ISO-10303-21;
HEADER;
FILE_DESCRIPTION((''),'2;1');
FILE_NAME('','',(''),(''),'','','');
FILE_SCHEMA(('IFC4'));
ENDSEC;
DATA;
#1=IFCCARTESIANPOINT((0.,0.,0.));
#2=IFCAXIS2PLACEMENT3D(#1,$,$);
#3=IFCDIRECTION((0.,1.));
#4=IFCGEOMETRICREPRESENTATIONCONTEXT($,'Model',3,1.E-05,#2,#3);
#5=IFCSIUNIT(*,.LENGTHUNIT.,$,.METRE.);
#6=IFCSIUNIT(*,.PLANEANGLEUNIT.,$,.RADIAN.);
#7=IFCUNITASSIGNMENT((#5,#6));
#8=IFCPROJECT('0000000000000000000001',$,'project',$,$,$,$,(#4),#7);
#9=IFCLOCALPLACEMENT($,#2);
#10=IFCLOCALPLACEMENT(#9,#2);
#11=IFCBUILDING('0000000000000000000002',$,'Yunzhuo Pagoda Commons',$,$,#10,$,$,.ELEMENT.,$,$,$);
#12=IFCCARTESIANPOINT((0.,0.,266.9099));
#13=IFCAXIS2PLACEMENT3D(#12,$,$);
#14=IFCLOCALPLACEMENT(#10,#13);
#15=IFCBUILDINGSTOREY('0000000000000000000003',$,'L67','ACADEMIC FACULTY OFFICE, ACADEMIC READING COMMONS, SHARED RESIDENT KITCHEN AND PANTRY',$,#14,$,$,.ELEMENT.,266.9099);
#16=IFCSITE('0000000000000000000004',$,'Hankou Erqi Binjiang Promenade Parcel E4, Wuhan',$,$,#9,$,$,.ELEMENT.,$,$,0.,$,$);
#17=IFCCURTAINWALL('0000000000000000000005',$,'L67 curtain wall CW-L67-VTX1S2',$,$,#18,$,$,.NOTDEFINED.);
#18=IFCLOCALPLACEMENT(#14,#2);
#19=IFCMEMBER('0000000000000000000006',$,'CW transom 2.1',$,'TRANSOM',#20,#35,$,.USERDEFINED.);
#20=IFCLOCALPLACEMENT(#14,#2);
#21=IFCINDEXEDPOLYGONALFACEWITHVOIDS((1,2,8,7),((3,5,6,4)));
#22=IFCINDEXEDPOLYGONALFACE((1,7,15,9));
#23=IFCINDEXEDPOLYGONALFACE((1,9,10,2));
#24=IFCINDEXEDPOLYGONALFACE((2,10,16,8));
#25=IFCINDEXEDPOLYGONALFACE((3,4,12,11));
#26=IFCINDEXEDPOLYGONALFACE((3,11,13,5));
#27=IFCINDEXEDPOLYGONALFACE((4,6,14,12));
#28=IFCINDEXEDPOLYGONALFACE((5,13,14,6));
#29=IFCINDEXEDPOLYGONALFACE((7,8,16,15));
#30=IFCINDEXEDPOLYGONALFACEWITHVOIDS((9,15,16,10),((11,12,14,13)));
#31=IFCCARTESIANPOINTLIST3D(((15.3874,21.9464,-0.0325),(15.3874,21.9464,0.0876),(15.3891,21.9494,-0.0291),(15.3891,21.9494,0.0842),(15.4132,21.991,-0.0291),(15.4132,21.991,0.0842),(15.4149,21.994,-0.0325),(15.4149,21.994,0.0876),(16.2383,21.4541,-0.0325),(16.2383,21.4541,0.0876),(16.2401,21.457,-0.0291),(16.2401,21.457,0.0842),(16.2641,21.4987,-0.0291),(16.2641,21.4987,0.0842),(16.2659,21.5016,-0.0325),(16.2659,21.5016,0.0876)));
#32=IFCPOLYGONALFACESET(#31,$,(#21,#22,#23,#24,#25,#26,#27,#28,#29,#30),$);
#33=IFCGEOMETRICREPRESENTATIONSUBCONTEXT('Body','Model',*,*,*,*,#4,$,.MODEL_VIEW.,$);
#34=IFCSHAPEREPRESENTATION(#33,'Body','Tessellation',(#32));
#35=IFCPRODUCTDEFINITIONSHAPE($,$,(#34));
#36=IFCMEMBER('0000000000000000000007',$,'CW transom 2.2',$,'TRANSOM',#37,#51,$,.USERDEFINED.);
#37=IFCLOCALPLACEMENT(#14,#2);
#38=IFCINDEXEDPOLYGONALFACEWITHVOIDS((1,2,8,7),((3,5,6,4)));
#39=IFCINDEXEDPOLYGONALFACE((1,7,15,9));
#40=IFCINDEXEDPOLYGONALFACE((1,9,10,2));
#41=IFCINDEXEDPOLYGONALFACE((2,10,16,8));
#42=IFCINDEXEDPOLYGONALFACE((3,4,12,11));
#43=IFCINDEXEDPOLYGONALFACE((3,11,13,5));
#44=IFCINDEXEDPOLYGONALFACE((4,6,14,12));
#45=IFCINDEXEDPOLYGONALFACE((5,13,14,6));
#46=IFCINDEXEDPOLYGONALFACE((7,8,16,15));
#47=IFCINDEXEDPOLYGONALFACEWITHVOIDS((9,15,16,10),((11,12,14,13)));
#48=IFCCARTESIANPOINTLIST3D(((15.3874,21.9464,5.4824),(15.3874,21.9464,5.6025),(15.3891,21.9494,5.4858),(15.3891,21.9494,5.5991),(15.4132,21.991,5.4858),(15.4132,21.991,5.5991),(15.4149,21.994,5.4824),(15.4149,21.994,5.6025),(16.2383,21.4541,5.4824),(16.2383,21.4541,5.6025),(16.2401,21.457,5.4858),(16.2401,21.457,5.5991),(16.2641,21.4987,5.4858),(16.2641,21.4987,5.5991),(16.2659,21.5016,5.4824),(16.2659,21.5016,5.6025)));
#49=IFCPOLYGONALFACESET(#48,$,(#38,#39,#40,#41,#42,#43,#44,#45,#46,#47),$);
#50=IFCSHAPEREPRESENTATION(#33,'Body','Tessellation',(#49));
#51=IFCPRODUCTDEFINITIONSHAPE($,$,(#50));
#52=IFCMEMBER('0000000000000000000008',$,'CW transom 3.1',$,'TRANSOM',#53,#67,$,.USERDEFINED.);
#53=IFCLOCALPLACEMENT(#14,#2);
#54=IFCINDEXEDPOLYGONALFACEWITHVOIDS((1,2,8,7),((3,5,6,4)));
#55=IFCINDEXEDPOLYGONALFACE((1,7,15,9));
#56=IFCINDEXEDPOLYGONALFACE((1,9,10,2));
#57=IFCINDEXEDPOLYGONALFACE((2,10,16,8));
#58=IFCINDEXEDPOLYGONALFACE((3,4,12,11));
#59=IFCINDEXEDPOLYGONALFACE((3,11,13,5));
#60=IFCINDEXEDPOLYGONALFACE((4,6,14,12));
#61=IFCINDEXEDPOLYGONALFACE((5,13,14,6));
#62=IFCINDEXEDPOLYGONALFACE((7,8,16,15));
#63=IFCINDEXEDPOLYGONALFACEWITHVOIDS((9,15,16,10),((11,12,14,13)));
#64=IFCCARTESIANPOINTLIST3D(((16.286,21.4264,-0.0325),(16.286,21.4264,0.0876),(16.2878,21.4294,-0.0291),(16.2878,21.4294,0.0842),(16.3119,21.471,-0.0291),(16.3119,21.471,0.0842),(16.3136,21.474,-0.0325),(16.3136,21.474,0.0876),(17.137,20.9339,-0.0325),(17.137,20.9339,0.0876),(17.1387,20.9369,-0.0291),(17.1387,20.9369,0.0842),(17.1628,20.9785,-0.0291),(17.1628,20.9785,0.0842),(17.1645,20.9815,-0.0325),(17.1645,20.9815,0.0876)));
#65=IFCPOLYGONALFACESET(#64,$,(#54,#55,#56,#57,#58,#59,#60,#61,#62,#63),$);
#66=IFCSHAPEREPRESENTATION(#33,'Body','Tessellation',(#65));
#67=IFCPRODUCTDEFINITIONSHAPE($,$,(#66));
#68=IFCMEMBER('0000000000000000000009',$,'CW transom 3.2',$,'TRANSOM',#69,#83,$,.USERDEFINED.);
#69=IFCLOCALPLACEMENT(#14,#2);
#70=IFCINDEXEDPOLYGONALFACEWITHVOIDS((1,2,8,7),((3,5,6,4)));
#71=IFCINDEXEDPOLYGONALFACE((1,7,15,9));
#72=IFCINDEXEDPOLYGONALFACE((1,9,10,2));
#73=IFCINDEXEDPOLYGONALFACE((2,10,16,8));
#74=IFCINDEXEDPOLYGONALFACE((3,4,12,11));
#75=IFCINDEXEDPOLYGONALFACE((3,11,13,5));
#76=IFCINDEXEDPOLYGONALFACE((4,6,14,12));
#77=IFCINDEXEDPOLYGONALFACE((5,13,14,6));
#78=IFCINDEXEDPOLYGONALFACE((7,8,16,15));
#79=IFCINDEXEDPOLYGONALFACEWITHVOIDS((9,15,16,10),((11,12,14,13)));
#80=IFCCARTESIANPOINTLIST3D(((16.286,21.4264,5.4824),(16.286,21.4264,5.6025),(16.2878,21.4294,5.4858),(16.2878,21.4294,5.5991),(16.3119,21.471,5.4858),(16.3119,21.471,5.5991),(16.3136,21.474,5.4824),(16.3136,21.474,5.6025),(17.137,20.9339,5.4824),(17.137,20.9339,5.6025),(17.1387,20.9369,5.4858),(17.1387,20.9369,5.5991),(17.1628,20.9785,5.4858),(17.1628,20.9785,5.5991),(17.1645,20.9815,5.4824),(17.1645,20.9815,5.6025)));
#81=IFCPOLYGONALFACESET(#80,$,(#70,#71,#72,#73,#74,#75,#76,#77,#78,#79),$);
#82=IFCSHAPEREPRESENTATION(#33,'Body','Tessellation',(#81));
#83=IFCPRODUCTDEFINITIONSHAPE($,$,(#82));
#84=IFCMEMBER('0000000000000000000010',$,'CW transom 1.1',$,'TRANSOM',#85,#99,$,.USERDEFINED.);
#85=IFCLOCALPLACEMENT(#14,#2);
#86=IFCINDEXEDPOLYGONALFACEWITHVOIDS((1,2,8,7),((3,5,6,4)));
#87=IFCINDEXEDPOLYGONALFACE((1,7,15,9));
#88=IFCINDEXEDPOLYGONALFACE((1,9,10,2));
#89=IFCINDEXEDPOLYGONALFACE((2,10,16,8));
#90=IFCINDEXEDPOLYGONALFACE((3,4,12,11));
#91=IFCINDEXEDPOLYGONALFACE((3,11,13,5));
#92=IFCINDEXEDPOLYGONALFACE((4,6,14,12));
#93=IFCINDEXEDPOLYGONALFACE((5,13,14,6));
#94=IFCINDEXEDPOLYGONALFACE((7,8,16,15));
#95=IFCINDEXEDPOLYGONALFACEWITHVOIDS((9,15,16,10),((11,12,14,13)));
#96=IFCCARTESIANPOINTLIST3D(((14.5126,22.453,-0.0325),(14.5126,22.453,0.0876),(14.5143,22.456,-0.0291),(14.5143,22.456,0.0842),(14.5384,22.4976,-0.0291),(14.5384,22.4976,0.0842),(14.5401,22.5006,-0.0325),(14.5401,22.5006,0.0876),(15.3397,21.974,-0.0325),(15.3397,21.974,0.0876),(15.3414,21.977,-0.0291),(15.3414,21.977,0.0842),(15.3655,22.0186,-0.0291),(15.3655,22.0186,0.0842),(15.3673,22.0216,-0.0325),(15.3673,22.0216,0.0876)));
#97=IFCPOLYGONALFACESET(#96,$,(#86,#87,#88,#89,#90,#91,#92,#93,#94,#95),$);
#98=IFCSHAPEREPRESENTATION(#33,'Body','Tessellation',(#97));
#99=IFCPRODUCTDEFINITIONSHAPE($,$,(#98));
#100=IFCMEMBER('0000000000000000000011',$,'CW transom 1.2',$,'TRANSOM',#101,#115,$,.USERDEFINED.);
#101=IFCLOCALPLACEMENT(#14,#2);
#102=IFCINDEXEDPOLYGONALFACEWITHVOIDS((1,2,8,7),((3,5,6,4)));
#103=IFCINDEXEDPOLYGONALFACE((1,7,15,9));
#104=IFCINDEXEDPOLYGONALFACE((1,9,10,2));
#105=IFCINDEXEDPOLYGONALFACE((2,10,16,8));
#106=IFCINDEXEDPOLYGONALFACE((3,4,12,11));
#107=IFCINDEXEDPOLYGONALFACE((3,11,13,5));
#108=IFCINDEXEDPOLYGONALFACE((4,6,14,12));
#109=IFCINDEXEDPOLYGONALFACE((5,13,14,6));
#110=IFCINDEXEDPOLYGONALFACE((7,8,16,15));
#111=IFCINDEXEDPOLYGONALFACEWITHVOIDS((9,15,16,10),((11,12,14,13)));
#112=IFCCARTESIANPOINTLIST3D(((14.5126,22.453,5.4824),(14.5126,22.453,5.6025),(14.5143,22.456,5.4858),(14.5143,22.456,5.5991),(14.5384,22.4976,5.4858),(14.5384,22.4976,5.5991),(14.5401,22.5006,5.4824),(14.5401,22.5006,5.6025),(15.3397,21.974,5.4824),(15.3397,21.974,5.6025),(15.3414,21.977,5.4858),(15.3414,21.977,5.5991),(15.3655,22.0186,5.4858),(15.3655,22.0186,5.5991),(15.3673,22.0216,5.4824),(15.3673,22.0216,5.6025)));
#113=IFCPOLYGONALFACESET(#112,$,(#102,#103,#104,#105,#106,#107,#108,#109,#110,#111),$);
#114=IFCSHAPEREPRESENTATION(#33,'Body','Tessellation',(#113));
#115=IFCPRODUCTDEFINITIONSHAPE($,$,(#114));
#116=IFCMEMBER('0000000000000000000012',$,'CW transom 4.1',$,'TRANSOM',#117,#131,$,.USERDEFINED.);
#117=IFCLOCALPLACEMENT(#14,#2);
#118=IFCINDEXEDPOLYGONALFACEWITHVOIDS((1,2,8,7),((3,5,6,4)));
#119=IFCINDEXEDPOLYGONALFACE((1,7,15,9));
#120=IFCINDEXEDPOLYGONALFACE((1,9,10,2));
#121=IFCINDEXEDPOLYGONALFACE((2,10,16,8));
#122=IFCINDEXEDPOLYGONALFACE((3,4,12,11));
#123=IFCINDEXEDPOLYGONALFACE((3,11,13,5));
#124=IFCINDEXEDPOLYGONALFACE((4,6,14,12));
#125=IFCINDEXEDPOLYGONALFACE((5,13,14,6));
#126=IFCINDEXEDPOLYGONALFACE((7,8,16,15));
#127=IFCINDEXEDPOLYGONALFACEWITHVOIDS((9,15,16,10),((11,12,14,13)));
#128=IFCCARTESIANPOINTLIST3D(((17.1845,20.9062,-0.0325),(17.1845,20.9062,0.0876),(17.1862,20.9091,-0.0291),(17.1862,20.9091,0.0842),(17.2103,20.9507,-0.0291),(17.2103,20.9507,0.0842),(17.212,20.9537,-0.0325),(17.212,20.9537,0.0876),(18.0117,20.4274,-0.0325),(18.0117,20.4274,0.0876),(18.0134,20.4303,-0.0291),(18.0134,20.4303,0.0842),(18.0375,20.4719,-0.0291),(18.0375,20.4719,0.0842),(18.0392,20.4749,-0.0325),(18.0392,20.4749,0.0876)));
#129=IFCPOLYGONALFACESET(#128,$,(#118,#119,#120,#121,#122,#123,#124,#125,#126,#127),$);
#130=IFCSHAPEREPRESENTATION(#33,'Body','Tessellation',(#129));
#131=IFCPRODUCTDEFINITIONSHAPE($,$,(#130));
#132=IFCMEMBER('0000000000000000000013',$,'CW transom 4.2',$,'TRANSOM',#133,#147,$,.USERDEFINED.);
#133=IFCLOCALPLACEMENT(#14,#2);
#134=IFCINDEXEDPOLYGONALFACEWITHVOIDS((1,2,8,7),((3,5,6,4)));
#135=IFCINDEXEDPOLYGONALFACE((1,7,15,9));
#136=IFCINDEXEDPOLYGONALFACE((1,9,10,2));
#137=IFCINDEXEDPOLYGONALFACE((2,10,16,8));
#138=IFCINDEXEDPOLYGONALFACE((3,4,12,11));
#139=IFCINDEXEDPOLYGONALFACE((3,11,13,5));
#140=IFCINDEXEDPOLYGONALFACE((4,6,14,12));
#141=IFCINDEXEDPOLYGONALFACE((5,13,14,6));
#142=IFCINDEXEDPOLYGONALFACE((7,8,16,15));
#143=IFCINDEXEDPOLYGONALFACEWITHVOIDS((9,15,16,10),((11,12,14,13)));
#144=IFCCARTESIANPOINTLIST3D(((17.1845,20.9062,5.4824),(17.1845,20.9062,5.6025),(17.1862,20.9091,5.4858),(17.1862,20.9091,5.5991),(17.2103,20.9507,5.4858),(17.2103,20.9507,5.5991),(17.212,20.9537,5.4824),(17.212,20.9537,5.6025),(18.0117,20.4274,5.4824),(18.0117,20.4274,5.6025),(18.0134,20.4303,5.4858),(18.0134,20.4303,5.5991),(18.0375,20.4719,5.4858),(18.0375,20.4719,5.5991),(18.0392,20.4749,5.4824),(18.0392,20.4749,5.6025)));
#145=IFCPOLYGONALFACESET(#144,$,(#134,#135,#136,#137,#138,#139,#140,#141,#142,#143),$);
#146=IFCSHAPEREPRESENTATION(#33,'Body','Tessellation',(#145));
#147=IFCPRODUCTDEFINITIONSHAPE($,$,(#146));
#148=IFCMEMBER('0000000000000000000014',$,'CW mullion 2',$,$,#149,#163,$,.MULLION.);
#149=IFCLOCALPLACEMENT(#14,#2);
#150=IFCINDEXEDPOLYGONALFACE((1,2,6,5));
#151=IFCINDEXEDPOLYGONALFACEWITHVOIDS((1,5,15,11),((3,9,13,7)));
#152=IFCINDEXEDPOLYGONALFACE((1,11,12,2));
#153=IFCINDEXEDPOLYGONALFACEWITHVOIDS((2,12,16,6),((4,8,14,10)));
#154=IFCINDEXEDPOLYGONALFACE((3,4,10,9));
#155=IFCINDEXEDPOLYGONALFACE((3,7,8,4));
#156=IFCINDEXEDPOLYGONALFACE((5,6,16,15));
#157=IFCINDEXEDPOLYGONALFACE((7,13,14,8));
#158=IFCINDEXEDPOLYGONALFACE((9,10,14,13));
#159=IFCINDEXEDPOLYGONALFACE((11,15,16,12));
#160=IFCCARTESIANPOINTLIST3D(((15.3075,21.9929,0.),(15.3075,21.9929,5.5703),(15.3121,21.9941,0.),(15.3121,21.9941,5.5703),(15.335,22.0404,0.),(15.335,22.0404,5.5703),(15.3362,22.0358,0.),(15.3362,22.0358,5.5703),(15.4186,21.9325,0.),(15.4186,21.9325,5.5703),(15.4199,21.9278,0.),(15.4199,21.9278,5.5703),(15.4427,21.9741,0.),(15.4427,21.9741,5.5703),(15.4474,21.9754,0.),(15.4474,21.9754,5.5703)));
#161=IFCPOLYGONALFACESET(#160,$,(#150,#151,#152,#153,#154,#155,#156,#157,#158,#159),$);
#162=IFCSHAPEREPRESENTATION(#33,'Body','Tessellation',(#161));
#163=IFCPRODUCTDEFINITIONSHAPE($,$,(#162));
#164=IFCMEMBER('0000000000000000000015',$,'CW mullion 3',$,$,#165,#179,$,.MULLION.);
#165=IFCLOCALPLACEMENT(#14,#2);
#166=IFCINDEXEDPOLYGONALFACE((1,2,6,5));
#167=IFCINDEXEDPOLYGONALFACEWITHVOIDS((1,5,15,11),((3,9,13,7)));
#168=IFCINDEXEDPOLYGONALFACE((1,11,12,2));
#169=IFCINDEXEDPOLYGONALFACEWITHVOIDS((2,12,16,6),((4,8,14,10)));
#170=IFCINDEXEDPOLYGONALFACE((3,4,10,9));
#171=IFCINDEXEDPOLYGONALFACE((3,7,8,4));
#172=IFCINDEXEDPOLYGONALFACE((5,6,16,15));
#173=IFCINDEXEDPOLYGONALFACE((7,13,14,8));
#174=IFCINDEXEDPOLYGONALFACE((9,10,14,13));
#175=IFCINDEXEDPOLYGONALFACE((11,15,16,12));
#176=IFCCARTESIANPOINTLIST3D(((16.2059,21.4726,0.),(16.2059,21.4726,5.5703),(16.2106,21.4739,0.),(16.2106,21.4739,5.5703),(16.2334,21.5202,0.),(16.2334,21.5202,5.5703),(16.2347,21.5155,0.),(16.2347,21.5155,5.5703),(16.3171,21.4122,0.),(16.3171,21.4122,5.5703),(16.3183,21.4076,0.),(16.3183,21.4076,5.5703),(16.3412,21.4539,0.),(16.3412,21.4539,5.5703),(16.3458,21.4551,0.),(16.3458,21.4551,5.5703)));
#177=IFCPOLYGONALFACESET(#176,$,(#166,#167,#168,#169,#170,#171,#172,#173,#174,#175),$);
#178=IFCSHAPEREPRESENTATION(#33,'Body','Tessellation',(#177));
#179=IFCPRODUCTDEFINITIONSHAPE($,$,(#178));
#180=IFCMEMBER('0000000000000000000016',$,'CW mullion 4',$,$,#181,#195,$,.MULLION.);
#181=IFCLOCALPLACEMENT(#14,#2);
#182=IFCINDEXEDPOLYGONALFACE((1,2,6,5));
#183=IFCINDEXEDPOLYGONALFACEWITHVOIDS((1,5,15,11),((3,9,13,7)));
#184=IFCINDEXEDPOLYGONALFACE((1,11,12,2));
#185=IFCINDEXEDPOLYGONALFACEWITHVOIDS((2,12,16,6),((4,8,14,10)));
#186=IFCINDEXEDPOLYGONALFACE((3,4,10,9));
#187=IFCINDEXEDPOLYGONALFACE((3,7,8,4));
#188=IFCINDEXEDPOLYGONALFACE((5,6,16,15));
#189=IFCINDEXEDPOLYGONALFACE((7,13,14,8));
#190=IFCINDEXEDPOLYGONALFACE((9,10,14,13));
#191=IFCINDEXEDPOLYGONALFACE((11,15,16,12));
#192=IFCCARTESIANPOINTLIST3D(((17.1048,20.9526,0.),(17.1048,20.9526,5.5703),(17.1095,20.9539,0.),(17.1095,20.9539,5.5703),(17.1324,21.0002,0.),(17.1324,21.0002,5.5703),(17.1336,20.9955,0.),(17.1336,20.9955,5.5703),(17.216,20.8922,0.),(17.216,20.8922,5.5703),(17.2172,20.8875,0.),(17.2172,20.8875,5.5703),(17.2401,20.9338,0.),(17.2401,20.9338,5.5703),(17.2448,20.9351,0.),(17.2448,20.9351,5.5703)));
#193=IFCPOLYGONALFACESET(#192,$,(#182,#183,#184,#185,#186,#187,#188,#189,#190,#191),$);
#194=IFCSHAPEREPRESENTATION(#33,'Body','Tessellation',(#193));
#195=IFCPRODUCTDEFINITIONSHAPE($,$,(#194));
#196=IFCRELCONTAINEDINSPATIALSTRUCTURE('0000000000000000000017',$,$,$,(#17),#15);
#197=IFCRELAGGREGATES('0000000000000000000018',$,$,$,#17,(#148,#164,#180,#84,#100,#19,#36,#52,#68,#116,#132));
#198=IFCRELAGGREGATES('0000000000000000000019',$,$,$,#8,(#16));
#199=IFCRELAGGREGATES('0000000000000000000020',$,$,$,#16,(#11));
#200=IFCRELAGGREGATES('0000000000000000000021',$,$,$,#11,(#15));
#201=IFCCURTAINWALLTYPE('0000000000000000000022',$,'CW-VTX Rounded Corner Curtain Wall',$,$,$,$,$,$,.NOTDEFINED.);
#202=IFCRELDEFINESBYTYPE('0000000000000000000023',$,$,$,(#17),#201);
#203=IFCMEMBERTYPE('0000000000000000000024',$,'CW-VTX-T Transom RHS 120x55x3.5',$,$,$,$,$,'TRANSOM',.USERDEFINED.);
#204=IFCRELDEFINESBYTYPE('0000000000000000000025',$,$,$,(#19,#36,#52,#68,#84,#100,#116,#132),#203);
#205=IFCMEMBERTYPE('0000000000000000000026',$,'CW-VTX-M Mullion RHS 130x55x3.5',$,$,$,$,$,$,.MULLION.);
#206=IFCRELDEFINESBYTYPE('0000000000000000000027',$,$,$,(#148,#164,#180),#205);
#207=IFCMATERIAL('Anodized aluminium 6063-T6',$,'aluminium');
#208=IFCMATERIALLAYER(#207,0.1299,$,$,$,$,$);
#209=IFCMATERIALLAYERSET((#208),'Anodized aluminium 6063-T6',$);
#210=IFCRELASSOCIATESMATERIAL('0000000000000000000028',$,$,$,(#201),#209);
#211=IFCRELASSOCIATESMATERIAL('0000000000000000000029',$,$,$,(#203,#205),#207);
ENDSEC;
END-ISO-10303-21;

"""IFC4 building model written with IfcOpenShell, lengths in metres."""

from ifc_helpers import new_model, si_unit, direction, frame, origin, origin_2d, place, context, subcontext, project, spatial, hollow_rectangle, extrude, source, transform, mapped, material, layer, layer_set, material_profile, profile_set, type_object, element, aggregate, save


model = new_model("IFC4")

# Units and contexts
model_context = context("Model", 3, precision=1e-05, world=origin(), true_north=direction((0.0, 1.0)))
body_context = subcontext(model_context, "Body", "Model", "MODEL_VIEW")
ifc_project = project(units=[si_unit("LENGTHUNIT", "METRE"), si_unit("PLANEANGLEUNIT", "RADIAN")], contexts=[model_context])

# Site, building, storey
site_placement = place(None, origin())
site = spatial("IfcSite", under=ifc_project, at=site_placement, Name="Hankou Erqi Binjiang Promenade Parcel E4, Wuhan", CompositionType="ELEMENT", RefElevation=0.0)
building_placement = place(site_placement, origin())
building = spatial("IfcBuilding", under=site, at=building_placement, Name="Yunzhuo Pagoda Commons", CompositionType="ELEMENT")
storey_placement = place(building_placement, frame((0.0, 0.0, 266.9099)))
storey = spatial("IfcBuildingStorey", under=building, at=storey_placement, Name="L67", Description="ACADEMIC FACULTY OFFICE, ACADEMIC READING COMMONS, SHARED RESIDENT KITCHEN AND PANTRY", CompositionType="ELEMENT", Elevation=266.9099)

# Curtain wall, members
ifc_material_1 = material(Name="Anodized aluminium 6063-T6", Category="aluminium")
ifc_layer_1 = layer(ifc_material_1, 0.1299)
ifc_layer_set_1 = layer_set([ifc_layer_1], Name="Anodized aluminium 6063-T6")
curtain_wall_type = type_object("IfcCurtainWallType", Name="CW-VTX Rounded Corner Curtain Wall", PredefinedType="NOTDEFINED", material=ifc_layer_set_1)
curtain_wall_placement = place(storey_placement, origin())
curtain_wall = element("IfcCurtainWall", 1, at=curtain_wall_placement, inside=storey, type_object=curtain_wall_type, Name="L67 curtain wall CW-L67-VTX1S2", PredefinedType="NOTDEFINED")
ifc_material_profile_1 = material_profile(ifc_material_1, hollow_rectangle(XDim=0.0549, YDim=0.1201, WallThickness=0.0034, at=origin_2d()), Name="Anodized aluminium 6063-T6")
ifc_profile_set_1 = profile_set([ifc_material_profile_1], Name="Anodized aluminium 6063-T6")
member_type_1 = type_object("IfcMemberType", Name="CW-VTX-T Transom RHS 120x55x3.5", ElementType="TRANSOM", PredefinedType="USERDEFINED", material=ifc_profile_set_1)
shared_shape_1 = source(origin(), body_context, "Body", "SweptSolid", [
    extrude(hollow_rectangle(XDim=0.0549, YDim=0.1201, WallThickness=0.0034, at=origin_2d()), origin(), (0.0, 0.0, 1.0), 0.9832),
])
member_1_placement = place(storey_placement, frame((15.4011, 21.9702, 0.0276), z_axis=(0.865557, -0.500811, 0.0), x_axis=(0.500811, 0.865557, 0.0)))
member_1 = element("IfcMember", 2, at=member_1_placement, type_object=member_type_1, Name="CW transom 2.1", ObjectType="TRANSOM", PredefinedType="USERDEFINED", context=body_context, shape_type="MappedRepresentation", body=[
    mapped(shared_shape_1, transform((0.0, 0.0, 0.0), scale=1.0)),
])
member_2_placement = place(storey_placement, frame((15.4011, 21.9702, 5.5425), z_axis=(0.865557, -0.500811, 0.0), x_axis=(0.500811, 0.865557, 0.0)))
member_2 = element("IfcMember", 3, at=member_2_placement, type_object=member_type_1, Name="CW transom 2.2", ObjectType="TRANSOM", PredefinedType="USERDEFINED", context=body_context, shape_type="MappedRepresentation", body=[
    mapped(shared_shape_1, transform((0.0, 0.0, 0.0), scale=1.0)),
])
member_3_placement = place(storey_placement, frame((16.2998, 21.4502, 0.0276), z_axis=(0.865494, -0.500919, 0.0), x_axis=(0.500919, 0.865494, 0.0)))
member_3 = element("IfcMember", 4, at=member_3_placement, type_object=member_type_1, Name="CW transom 3.1", ObjectType="TRANSOM", PredefinedType="USERDEFINED", context=body_context, shape_type="MappedRepresentation", body=[
    mapped(shared_shape_1, transform((0.0, 0.0, 0.0), scale=1.0)),
])
member_4_placement = place(storey_placement, frame((16.2998, 21.4502, 5.5425), z_axis=(0.865494, -0.500919, 0.0), x_axis=(0.500919, 0.865494, 0.0)))
member_4 = element("IfcMember", 5, at=member_4_placement, type_object=member_type_1, Name="CW transom 3.2", ObjectType="TRANSOM", PredefinedType="USERDEFINED", context=body_context, shape_type="MappedRepresentation", body=[
    mapped(shared_shape_1, transform((0.0, 0.0, 0.0), scale=1.0)),
])
shared_shape_2 = source(origin(), body_context, "Body", "SweptSolid", [
    extrude(hollow_rectangle(XDim=0.0549, YDim=0.1201, WallThickness=0.0034, at=origin_2d()), origin(), (0.0, 0.0, 1.0), 0.9558),
])
member_5_placement = place(storey_placement, frame((14.5264, 22.4768, 0.0276), z_axis=(0.865368, -0.501137, 0.0), x_axis=(0.501137, 0.865368, 0.0)))
member_5 = element("IfcMember", 6, at=member_5_placement, type_object=member_type_1, Name="CW transom 1.1", ObjectType="TRANSOM", PredefinedType="USERDEFINED", context=body_context, shape_type="MappedRepresentation", body=[
    mapped(shared_shape_2, transform((0.0, 0.0, 0.0), scale=1.0)),
])
member_6_placement = place(storey_placement, frame((14.5264, 22.4768, 5.5425), z_axis=(0.865368, -0.501137, 0.0), x_axis=(0.501137, 0.865368, 0.0)))
member_6 = element("IfcMember", 7, at=member_6_placement, type_object=member_type_1, Name="CW transom 1.2", ObjectType="TRANSOM", PredefinedType="USERDEFINED", context=body_context, shape_type="MappedRepresentation", body=[
    mapped(shared_shape_2, transform((0.0, 0.0, 0.0), scale=1.0)),
])
member_7_placement = place(storey_placement, frame((17.1982, 20.9299, 0.0276), z_axis=(0.865479, -0.500946, 0.0), x_axis=(0.500946, 0.865479, 0.0)))
member_7 = element("IfcMember", 8, at=member_7_placement, type_object=member_type_1, Name="CW transom 4.1", ObjectType="TRANSOM", PredefinedType="USERDEFINED", context=body_context, shape_type="MappedRepresentation", body=[
    mapped(shared_shape_2, transform((0.0, 0.0, 0.0), scale=1.0)),
])
member_8_placement = place(storey_placement, frame((17.1982, 20.9299, 5.5425), z_axis=(0.865479, -0.500946, 0.0), x_axis=(0.500946, 0.865479, 0.0)))
member_8 = element("IfcMember", 9, at=member_8_placement, type_object=member_type_1, Name="CW transom 4.2", ObjectType="TRANSOM", PredefinedType="USERDEFINED", context=body_context, shape_type="MappedRepresentation", body=[
    mapped(shared_shape_2, transform((0.0, 0.0, 0.0), scale=1.0)),
])
ifc_material_profile_2 = material_profile(ifc_material_1, hollow_rectangle(XDim=0.0549, YDim=0.1299, WallThickness=0.0034, at=origin_2d()), Name="Anodized aluminium 6063-T6")
ifc_profile_set_2 = profile_set([ifc_material_profile_2], Name="Anodized aluminium 6063-T6")
member_type_2 = type_object("IfcMemberType", Name="CW-VTX-M Mullion RHS 130x55x3.5", PredefinedType="MULLION", material=ifc_profile_set_2)
shared_shape_3 = source(origin(), body_context, "Body", "SweptSolid", [
    extrude(hollow_rectangle(XDim=0.0549, YDim=0.1299, WallThickness=0.0034, at=origin_2d()), origin(), (0.0, 0.0, 1.0), 5.5703),
])
member_9_placement = place(storey_placement, frame((15.3774, 21.9841, 0.0), z_axis=(0.0, 0.0, 1.0), x_axis=(0.501027, 0.865432, 0.0)))
member_9 = element("IfcMember", 10, at=member_9_placement, type_object=member_type_2, Name="CW mullion 2", PredefinedType="MULLION", context=body_context, shape_type="MappedRepresentation", body=[
    mapped(shared_shape_3, transform((0.0, 0.0, 0.0), scale=1.0)),
])
member_10_placement = place(storey_placement, frame((16.2759, 21.4639, 0.0), z_axis=(0.0, 0.0, 1.0), x_axis=(0.501027, 0.865432, 0.0)))
member_10 = element("IfcMember", 11, at=member_10_placement, type_object=member_type_2, Name="CW mullion 3", PredefinedType="MULLION", context=body_context, shape_type="MappedRepresentation", body=[
    mapped(shared_shape_3, transform((0.0, 0.0, 0.0), scale=1.0)),
])
member_11_placement = place(storey_placement, frame((17.1748, 20.9438, 0.0), z_axis=(0.0, 0.0, 1.0), x_axis=(0.501027, 0.865432, 0.0)))
member_11 = element("IfcMember", 12, at=member_11_placement, type_object=member_type_2, Name="CW mullion 4", PredefinedType="MULLION", context=body_context, shape_type="MappedRepresentation", body=[
    mapped(shared_shape_3, transform((0.0, 0.0, 0.0), scale=1.0)),
])

aggregate(curtain_wall, [member_9, member_10, member_11, member_5, member_6, member_1, member_2, member_3, member_4, member_7, member_8])

save(model, "model.ifc")
